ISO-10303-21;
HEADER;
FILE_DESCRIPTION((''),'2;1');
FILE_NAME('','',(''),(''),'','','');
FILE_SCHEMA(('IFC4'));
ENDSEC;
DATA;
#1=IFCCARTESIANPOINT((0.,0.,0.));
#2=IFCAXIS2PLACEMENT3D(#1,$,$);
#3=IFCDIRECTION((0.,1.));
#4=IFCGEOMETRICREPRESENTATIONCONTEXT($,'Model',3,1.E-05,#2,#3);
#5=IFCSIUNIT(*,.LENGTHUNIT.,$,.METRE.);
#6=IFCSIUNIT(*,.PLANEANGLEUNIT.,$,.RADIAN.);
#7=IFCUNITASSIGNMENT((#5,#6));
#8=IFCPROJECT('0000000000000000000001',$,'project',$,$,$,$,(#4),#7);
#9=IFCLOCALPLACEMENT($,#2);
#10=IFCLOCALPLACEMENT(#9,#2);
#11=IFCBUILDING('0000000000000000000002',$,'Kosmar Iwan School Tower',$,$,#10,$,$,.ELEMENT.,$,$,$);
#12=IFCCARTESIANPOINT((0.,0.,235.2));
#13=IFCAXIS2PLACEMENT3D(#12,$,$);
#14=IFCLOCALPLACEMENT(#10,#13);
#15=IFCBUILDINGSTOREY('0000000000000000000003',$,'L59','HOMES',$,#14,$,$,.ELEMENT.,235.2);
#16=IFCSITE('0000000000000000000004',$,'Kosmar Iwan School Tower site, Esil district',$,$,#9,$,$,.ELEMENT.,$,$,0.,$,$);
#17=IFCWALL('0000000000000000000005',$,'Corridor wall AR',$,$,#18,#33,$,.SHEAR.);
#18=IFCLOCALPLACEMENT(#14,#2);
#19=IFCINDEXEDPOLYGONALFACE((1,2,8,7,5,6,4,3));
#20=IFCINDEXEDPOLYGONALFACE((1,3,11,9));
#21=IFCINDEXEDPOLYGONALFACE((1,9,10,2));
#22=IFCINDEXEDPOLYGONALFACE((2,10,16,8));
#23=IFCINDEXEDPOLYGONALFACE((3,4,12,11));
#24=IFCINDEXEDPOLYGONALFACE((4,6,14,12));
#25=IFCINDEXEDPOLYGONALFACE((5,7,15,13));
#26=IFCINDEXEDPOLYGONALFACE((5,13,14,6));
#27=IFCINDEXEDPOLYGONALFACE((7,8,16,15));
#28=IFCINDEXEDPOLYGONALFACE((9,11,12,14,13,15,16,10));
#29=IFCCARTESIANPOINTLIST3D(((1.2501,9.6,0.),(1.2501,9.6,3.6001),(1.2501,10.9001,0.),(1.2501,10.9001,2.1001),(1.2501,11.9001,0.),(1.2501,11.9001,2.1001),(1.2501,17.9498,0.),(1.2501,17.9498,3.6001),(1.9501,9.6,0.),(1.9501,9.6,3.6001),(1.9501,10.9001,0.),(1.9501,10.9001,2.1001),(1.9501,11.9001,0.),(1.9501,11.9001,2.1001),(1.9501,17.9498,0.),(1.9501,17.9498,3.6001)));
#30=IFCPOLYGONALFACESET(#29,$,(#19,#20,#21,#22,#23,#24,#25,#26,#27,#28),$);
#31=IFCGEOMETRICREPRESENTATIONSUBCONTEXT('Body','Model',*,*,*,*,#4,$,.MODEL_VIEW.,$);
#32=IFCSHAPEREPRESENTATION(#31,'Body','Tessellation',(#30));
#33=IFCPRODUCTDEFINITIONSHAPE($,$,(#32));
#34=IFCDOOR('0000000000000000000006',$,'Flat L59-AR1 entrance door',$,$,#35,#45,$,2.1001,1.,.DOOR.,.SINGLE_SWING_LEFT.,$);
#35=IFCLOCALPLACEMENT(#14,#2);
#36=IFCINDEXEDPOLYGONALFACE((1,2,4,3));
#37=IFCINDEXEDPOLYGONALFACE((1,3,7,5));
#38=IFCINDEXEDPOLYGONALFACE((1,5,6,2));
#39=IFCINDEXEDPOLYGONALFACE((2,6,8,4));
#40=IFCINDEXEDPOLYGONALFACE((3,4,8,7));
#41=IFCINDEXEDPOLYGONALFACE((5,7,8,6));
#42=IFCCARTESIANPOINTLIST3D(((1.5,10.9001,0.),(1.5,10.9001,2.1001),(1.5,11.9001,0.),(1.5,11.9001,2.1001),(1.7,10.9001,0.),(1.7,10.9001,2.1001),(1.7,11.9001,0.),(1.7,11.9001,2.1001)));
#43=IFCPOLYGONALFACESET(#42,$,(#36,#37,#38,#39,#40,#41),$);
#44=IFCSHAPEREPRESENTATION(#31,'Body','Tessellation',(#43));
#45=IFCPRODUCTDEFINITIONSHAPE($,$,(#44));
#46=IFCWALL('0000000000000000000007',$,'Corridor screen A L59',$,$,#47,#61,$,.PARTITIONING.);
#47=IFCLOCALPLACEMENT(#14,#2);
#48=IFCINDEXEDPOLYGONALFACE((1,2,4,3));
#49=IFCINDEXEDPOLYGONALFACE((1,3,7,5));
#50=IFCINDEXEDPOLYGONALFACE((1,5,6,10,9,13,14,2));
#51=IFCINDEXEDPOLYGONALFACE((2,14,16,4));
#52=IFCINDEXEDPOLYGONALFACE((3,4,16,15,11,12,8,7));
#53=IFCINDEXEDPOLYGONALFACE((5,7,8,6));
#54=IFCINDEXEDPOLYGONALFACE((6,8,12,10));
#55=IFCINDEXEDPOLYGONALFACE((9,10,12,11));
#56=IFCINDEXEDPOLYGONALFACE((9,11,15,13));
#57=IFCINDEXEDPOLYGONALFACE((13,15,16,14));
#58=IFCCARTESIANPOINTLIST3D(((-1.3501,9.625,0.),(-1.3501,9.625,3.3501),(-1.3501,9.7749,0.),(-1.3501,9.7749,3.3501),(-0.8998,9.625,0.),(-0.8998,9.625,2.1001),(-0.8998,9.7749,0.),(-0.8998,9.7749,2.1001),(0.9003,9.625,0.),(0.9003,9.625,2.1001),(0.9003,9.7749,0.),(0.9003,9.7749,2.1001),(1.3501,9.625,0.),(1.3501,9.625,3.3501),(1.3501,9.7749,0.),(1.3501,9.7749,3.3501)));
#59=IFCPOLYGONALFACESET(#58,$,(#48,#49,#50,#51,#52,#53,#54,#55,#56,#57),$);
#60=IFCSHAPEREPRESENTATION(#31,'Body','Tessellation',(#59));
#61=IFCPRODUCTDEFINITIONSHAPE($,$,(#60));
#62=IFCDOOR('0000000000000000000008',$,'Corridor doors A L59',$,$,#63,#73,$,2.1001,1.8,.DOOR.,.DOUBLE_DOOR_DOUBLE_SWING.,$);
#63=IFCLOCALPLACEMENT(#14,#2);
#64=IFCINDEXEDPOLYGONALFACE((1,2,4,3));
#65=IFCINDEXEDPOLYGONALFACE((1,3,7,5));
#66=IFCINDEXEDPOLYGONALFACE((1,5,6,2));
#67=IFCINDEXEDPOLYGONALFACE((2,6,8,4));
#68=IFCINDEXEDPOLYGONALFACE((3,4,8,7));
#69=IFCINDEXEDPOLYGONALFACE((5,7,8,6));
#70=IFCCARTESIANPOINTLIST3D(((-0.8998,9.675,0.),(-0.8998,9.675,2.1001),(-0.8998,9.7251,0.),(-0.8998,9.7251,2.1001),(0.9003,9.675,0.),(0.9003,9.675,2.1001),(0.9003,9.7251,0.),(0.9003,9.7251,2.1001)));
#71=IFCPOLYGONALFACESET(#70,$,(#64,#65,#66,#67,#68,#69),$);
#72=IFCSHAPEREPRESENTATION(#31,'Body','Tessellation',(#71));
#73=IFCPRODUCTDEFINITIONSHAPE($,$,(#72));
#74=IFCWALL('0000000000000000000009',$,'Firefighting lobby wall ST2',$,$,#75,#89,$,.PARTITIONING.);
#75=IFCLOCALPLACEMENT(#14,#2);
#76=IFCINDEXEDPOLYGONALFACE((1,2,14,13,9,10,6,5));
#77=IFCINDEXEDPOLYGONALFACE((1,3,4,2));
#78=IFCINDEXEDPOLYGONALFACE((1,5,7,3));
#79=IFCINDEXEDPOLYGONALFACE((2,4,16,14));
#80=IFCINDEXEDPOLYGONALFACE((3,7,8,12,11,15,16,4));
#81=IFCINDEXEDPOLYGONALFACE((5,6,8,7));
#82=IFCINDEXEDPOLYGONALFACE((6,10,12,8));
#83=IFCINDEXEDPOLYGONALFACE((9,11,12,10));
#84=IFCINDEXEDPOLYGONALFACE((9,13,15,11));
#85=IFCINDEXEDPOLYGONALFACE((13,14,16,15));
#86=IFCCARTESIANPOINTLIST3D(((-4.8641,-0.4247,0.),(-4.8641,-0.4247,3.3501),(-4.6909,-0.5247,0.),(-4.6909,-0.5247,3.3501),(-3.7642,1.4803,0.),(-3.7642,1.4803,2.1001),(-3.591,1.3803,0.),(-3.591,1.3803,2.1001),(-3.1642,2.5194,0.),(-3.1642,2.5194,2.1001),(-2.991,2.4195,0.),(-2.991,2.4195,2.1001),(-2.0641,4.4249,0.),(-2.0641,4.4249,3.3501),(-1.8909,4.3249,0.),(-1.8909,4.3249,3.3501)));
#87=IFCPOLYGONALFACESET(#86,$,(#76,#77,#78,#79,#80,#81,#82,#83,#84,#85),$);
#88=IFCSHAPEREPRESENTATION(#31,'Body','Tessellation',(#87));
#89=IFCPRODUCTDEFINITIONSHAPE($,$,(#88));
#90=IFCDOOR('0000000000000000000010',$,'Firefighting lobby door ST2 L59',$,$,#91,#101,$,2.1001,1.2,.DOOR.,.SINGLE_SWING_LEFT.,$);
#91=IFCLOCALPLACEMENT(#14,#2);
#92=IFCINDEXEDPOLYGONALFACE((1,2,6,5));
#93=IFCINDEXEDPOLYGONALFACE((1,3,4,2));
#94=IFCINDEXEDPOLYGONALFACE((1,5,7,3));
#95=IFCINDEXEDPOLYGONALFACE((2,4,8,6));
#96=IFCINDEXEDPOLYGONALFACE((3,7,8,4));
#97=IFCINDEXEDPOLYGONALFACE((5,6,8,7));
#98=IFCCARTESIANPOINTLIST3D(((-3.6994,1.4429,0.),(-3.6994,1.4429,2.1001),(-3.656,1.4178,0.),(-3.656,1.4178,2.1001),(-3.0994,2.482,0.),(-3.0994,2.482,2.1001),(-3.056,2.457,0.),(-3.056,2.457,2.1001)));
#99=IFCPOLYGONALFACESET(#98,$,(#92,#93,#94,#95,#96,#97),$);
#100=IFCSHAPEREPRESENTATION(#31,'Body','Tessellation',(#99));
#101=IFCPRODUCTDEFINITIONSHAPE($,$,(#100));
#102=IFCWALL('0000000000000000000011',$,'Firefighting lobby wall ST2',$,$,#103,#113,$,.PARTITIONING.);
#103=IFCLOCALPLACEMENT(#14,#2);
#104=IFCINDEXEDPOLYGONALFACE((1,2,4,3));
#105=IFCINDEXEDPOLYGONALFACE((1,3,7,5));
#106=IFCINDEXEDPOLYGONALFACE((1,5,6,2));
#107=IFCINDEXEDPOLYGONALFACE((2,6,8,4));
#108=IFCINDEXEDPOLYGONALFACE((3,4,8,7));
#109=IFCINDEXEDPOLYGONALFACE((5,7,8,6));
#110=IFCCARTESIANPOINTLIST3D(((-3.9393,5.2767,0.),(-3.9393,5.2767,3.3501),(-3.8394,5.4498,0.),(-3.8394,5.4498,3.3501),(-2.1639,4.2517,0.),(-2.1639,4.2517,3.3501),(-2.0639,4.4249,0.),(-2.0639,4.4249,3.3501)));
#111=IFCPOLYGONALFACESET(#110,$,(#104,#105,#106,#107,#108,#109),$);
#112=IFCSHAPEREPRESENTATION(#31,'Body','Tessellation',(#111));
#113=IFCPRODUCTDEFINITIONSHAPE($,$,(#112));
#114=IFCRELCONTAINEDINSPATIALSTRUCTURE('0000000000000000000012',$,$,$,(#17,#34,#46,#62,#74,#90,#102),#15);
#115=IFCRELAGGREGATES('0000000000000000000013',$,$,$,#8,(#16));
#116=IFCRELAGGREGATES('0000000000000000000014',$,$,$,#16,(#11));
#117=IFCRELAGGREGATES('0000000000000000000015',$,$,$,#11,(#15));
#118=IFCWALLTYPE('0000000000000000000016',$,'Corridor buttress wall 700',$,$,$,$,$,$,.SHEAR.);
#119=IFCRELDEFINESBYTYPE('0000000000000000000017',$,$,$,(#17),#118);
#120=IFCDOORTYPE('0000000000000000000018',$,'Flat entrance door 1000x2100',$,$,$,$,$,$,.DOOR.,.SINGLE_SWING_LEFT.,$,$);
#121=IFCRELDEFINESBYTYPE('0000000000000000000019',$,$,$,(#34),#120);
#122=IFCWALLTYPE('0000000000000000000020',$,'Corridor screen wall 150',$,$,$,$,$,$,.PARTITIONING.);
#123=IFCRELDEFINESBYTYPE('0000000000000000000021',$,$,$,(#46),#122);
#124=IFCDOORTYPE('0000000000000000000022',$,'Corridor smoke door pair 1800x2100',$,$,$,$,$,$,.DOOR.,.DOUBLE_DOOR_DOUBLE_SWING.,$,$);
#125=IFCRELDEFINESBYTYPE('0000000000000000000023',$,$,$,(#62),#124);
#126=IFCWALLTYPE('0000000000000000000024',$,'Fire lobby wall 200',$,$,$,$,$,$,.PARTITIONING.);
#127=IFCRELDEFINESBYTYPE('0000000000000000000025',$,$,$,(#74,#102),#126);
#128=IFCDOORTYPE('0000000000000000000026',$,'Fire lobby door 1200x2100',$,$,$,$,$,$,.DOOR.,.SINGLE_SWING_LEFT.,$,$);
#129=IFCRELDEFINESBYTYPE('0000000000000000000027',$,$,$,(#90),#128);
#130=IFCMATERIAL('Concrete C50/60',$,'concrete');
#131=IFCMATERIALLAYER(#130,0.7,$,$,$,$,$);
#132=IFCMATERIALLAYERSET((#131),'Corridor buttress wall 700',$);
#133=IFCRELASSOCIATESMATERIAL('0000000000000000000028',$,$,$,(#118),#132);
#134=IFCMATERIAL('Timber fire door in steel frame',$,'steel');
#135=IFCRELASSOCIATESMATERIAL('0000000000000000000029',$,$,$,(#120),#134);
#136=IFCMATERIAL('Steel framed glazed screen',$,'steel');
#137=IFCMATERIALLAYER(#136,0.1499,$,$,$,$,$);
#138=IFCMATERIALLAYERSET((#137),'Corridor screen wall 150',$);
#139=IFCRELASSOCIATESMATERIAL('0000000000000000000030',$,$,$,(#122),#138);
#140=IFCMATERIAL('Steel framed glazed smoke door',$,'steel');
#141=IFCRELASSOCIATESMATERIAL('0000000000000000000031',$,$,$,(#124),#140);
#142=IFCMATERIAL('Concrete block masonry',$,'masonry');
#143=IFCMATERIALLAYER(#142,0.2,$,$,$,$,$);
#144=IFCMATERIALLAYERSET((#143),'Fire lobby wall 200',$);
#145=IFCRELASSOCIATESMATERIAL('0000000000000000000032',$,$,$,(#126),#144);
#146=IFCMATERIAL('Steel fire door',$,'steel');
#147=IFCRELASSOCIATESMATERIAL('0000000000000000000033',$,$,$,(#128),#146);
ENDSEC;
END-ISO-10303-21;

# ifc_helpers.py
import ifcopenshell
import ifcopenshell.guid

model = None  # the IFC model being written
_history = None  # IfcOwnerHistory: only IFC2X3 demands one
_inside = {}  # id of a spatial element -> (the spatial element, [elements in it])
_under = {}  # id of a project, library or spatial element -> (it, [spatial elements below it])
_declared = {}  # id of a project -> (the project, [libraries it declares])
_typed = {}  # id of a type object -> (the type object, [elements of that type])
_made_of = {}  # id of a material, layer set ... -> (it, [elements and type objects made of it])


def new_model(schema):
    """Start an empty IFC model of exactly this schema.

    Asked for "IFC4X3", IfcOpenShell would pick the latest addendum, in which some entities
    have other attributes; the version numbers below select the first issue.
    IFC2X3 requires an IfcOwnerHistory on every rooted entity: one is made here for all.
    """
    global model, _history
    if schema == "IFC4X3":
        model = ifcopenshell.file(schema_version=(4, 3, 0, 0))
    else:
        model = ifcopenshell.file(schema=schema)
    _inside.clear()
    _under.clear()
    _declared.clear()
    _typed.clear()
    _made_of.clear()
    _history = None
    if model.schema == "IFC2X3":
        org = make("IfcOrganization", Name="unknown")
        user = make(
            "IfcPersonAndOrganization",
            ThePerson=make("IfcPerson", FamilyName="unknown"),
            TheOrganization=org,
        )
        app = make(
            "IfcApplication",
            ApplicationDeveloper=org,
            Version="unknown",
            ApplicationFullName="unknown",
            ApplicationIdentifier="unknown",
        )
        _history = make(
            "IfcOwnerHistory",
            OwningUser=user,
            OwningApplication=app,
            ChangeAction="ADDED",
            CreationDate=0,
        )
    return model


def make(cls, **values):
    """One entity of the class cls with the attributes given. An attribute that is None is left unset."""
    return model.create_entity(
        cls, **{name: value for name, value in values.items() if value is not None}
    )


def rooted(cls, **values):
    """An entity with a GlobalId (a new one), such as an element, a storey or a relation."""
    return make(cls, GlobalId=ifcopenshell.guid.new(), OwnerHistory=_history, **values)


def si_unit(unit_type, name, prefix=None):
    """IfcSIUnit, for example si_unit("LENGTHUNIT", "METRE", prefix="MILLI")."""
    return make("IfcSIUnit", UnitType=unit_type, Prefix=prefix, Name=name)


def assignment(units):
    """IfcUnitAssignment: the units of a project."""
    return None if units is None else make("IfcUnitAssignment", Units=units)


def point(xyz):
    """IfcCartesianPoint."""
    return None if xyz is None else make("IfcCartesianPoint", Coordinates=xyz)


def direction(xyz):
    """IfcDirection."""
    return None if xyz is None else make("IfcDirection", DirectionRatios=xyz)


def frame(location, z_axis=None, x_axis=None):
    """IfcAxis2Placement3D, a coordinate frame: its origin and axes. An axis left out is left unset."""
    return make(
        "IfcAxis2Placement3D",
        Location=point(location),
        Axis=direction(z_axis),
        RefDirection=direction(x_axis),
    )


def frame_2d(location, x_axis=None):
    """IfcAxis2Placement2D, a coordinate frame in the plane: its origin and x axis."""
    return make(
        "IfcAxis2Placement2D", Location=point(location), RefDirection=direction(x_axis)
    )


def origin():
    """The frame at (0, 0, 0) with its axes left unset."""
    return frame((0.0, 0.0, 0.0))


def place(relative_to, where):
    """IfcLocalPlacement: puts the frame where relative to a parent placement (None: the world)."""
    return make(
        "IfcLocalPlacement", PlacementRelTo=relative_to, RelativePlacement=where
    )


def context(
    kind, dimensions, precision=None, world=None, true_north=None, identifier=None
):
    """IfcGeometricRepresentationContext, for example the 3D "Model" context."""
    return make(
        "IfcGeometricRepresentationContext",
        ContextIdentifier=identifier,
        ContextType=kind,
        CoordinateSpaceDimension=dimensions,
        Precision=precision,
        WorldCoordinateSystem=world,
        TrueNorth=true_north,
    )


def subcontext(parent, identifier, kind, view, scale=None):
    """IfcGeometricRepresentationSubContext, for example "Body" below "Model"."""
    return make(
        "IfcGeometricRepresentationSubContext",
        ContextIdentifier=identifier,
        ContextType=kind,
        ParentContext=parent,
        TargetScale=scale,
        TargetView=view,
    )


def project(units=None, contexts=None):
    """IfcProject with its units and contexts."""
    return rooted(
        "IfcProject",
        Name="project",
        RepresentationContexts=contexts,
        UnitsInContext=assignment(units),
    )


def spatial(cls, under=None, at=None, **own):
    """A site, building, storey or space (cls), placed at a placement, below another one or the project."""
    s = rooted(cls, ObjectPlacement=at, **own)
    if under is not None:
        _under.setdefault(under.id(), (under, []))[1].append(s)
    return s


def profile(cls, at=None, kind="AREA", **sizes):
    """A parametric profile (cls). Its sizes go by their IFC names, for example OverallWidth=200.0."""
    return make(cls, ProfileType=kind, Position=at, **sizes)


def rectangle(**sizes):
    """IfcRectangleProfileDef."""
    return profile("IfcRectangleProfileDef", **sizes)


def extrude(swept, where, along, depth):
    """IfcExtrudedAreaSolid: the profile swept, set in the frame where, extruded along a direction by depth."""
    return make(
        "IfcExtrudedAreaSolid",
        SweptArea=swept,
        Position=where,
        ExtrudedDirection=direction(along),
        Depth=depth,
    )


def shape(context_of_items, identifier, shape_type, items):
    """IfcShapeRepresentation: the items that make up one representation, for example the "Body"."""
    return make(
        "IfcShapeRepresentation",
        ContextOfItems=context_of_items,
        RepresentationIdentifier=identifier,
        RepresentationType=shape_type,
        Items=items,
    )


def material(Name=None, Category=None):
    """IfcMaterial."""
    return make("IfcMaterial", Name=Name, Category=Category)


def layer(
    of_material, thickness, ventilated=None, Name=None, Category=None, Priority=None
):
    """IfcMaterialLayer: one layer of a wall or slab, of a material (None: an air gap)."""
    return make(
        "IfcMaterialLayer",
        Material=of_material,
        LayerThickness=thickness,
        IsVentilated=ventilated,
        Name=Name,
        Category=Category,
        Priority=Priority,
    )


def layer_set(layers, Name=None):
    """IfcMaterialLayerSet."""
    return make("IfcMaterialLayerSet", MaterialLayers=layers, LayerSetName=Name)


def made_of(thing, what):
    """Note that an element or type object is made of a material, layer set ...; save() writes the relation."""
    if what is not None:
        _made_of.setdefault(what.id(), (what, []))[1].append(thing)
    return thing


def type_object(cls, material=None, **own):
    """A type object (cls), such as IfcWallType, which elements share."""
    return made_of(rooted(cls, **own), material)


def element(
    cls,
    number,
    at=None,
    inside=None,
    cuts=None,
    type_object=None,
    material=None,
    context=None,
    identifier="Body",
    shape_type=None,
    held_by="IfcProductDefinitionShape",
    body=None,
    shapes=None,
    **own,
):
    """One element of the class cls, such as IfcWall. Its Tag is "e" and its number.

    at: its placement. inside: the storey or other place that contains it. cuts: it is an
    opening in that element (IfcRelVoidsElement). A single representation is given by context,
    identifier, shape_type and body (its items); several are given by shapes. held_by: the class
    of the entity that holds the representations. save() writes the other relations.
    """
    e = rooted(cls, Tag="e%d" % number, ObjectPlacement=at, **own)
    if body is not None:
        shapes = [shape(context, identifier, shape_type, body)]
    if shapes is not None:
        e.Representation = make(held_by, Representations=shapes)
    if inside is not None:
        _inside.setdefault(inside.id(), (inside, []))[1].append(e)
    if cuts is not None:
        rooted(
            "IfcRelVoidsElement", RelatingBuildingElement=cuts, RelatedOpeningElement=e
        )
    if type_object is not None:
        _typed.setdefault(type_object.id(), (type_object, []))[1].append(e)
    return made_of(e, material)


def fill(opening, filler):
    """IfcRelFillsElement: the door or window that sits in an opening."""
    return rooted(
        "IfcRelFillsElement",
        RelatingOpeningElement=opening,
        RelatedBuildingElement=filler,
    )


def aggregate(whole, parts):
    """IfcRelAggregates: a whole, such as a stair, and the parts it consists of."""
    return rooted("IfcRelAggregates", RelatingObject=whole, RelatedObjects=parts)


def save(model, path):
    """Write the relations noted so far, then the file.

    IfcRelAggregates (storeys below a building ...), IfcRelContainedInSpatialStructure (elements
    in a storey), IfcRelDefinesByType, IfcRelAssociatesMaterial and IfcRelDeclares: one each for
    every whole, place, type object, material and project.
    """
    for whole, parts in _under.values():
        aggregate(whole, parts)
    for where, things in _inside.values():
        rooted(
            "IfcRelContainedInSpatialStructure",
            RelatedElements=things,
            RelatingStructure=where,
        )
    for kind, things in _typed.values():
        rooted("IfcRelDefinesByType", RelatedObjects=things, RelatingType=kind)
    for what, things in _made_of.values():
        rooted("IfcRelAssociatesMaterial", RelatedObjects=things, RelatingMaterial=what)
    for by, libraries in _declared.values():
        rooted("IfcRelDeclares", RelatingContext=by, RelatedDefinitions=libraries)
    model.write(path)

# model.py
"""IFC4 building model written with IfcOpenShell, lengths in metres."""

from ifc_helpers import new_model, si_unit, direction, frame, frame_2d, origin, place, context, subcontext, project, spatial, rectangle, extrude, material, layer, layer_set, type_object, element, fill, save


model = new_model("IFC4")

# Units and contexts
model_context = context("Model", 3, precision=1e-05, world=origin(), true_north=direction((0.0, 1.0)))
body_context = subcontext(model_context, "Body", "Model", "MODEL_VIEW")
ifc_project = project(units=[si_unit("LENGTHUNIT", "METRE"), si_unit("PLANEANGLEUNIT", "RADIAN")], contexts=[model_context])

# Site, building, storey
site_placement = place(None, origin())
site = spatial("IfcSite", under=ifc_project, at=site_placement, Name="Kosmar Iwan School Tower site, Esil district", CompositionType="ELEMENT", RefElevation=0.0)
building_placement = place(site_placement, origin())
building = spatial("IfcBuilding", under=site, at=building_placement, Name="Kosmar Iwan School Tower", CompositionType="ELEMENT")
storey_placement = place(building_placement, frame((0.0, 0.0, 235.2)))
storey = spatial("IfcBuildingStorey", under=building, at=storey_placement, Name="L59", Description="HOMES", CompositionType="ELEMENT", Elevation=235.2)

# Walls, openings, doors
ifc_material_1 = material(Name="Concrete C50/60", Category="concrete")
ifc_layer_1 = layer(ifc_material_1, 0.7)
ifc_layer_set_1 = layer_set([ifc_layer_1], Name="Corridor buttress wall 700")
wall_type_1 = type_object("IfcWallType", Name="Corridor buttress wall 700", PredefinedType="SHEAR", material=ifc_layer_set_1)
ifc_material_2 = material(Name="Timber fire door in steel frame", Category="steel")
door_type_1 = type_object("IfcDoorType", Name="Flat entrance door 1000x2100", OperationType="SINGLE_SWING_LEFT", PredefinedType="DOOR", material=ifc_material_2)
wall_1_placement = place(storey_placement, frame((1.6001, 9.6001, 0.0), z_axis=(0.0, 0.0, 1.0), x_axis=(0.0, 1.0, 0.0)))
wall_1 = element("IfcWall", 1, at=wall_1_placement, inside=storey, type_object=wall_type_1, Name="Corridor wall AR", PredefinedType="SHEAR", context=body_context, shape_type="SweptSolid", body=[
    extrude(rectangle(XDim=8.3499, YDim=0.7, at=frame_2d((4.1748, 0.0))), origin(), (0.0, 0.0, 1.0), 3.6001),
])
opening_1_placement = place(wall_1_placement, frame((1.3, 0.0, 0.0)))
opening_1 = element("IfcOpeningElement", 2, at=opening_1_placement, cuts=wall_1, PredefinedType="OPENING", context=body_context, shape_type="SweptSolid", body=[
    extrude(rectangle(XDim=1.0, YDim=2.1001, at=frame_2d((0.5, 1.05))), frame((0.0, 0.3621, 0.0), z_axis=(0.0, -1.0, 0.0), x_axis=(1.0, 0.0, 0.0)), (0.0, 0.0, 1.0), 0.7239),
])
door_1_placement = place(opening_1_placement, origin())
door_1 = element("IfcDoor", 3, at=door_1_placement, inside=storey, type_object=door_type_1, Name="Flat L59-AR1 entrance door", OperationType="SINGLE_SWING_LEFT", OverallHeight=2.1001, OverallWidth=1.0, PredefinedType="DOOR", context=body_context, shape_type="SweptSolid", body=[
    extrude(rectangle(XDim=1.0, YDim=2.1001, at=frame_2d((0.5, 1.05))), frame((0.0, 0.1001, 0.0), z_axis=(0.0, -1.0, 0.0), x_axis=(1.0, 0.0, 0.0)), (0.0, 0.0, 1.0), 0.2),
])
fill(opening_1, door_1)
ifc_material_3 = material(Name="Steel framed glazed screen", Category="steel")
ifc_layer_2 = layer(ifc_material_3, 0.1499)
ifc_layer_set_2 = layer_set([ifc_layer_2], Name="Corridor screen wall 150")
wall_type_2 = type_object("IfcWallType", Name="Corridor screen wall 150", PredefinedType="PARTITIONING", material=ifc_layer_set_2)
wall_2_placement = place(storey_placement, frame((1.3501, 9.7, 0.0), z_axis=(0.0, 0.0, 1.0), x_axis=(-1.0, 0.0, 0.0)))
wall_2 = element("IfcWall", 4, at=wall_2_placement, inside=storey, type_object=wall_type_2, Name="Corridor screen A L59", PredefinedType="PARTITIONING", context=body_context, shape_type="SweptSolid", body=[
    extrude(rectangle(XDim=2.7002, YDim=0.1499, at=frame_2d((1.3501, 0.0))), origin(), (0.0, 0.0, 1.0), 3.3501),
])
opening_2_placement = place(wall_2_placement, frame((0.45, 0.0, 0.0)))
opening_2 = element("IfcOpeningElement", 5, at=opening_2_placement, cuts=wall_2, PredefinedType="OPENING", context=body_context, shape_type="SweptSolid", body=[
    extrude(rectangle(XDim=1.8, YDim=2.1001, at=frame_2d((0.8999, 1.05))), frame((0.0, 0.0869, 0.0), z_axis=(0.0, -1.0, 0.0), x_axis=(1.0, 0.0, 0.0)), (0.0, 0.0, 1.0), 0.1738),
])
ifc_material_4 = material(Name="Steel framed glazed smoke door", Category="steel")
door_type_2 = type_object("IfcDoorType", Name="Corridor smoke door pair 1800x2100", OperationType="DOUBLE_DOOR_DOUBLE_SWING", PredefinedType="DOOR", material=ifc_material_4)
door_2_placement = place(opening_2_placement, origin())
door_2 = element("IfcDoor", 6, at=door_2_placement, inside=storey, type_object=door_type_2, Name="Corridor doors A L59", OperationType="DOUBLE_DOOR_DOUBLE_SWING", OverallHeight=2.1001, OverallWidth=1.8, PredefinedType="DOOR", context=body_context, shape_type="SweptSolid", body=[
    extrude(rectangle(XDim=1.8, YDim=2.1001, at=frame_2d((0.8999, 1.05))), frame((0.0, 0.0249, 0.0), z_axis=(0.0, -1.0, 0.0), x_axis=(1.0, 0.0, 0.0)), (0.0, 0.0, 1.0), 0.05),
])
fill(opening_2, door_2)
ifc_material_5 = material(Name="Concrete block masonry", Category="masonry")
ifc_layer_3 = layer(ifc_material_5, 0.2)
ifc_layer_set_3 = layer_set([ifc_layer_3], Name="Fire lobby wall 200")
wall_type_3 = type_object("IfcWallType", Name="Fire lobby wall 200", PredefinedType="PARTITIONING", material=ifc_layer_set_3)
wall_3_placement = place(storey_placement, frame((-1.9775, 4.3748, 0.0), z_axis=(0.0, 0.0, 1.0), x_axis=(-0.500017, -0.866016, 0.0)))
wall_3 = element("IfcWall", 7, at=wall_3_placement, inside=storey, type_object=wall_type_3, Name="Firefighting lobby wall ST2", PredefinedType="PARTITIONING", context=body_context, shape_type="SweptSolid", body=[
    extrude(rectangle(XDim=5.5999, YDim=0.2, at=frame_2d((2.7998, 0.0))), origin(), (0.0, 0.0, 1.0), 3.3501),
])
opening_3_placement = place(wall_3_placement, frame((2.2, 0.0, 0.0)))
opening_3 = element("IfcOpeningElement", 8, at=opening_3_placement, cuts=wall_3, PredefinedType="OPENING", context=body_context, shape_type="SweptSolid", body=[
    extrude(rectangle(XDim=1.2, YDim=2.1001, at=frame_2d((0.6001, 1.05))), frame((0.0, 0.1121, 0.0), z_axis=(0.0, -1.0, 0.0), x_axis=(1.0, 0.0, 0.0)), (0.0, 0.0, 1.0), 0.2239),
])
ifc_material_6 = material(Name="Steel fire door", Category="steel")
door_type_3 = type_object("IfcDoorType", Name="Fire lobby door 1200x2100", OperationType="SINGLE_SWING_LEFT", PredefinedType="DOOR", material=ifc_material_6)
door_3_placement = place(opening_3_placement, origin())
door_3 = element("IfcDoor", 9, at=door_3_placement, inside=storey, type_object=door_type_3, Name="Firefighting lobby door ST2 L59", OperationType="SINGLE_SWING_LEFT", OverallHeight=2.1001, OverallWidth=1.2, PredefinedType="DOOR", context=body_context, shape_type="SweptSolid", body=[
    extrude(rectangle(XDim=1.2, YDim=2.1001, at=frame_2d((0.6001, 1.05))), frame((0.0, 0.0249, 0.0), z_axis=(0.0, -1.0, 0.0), x_axis=(1.0, 0.0, 0.0)), (0.0, 0.0, 1.0), 0.05),
])
fill(opening_3, door_3)

# Wall
wall_4_placement = place(storey_placement, frame((-2.114, 4.3384, 0.0), z_axis=(0.0, 0.0, 1.0), x_axis=(-0.866051, 0.499956, 0.0)))
element("IfcWall", 10, at=wall_4_placement, inside=storey, type_object=wall_type_3, Name="Firefighting lobby wall ST2", PredefinedType="PARTITIONING", context=body_context, shape_type="SweptSolid", body=[
    extrude(rectangle(XDim=2.05, YDim=0.2, at=frame_2d((1.0249, 0.0))), origin(), (0.0, 0.0, 1.0), 3.3501),
])

save(model, "model.ifc")
